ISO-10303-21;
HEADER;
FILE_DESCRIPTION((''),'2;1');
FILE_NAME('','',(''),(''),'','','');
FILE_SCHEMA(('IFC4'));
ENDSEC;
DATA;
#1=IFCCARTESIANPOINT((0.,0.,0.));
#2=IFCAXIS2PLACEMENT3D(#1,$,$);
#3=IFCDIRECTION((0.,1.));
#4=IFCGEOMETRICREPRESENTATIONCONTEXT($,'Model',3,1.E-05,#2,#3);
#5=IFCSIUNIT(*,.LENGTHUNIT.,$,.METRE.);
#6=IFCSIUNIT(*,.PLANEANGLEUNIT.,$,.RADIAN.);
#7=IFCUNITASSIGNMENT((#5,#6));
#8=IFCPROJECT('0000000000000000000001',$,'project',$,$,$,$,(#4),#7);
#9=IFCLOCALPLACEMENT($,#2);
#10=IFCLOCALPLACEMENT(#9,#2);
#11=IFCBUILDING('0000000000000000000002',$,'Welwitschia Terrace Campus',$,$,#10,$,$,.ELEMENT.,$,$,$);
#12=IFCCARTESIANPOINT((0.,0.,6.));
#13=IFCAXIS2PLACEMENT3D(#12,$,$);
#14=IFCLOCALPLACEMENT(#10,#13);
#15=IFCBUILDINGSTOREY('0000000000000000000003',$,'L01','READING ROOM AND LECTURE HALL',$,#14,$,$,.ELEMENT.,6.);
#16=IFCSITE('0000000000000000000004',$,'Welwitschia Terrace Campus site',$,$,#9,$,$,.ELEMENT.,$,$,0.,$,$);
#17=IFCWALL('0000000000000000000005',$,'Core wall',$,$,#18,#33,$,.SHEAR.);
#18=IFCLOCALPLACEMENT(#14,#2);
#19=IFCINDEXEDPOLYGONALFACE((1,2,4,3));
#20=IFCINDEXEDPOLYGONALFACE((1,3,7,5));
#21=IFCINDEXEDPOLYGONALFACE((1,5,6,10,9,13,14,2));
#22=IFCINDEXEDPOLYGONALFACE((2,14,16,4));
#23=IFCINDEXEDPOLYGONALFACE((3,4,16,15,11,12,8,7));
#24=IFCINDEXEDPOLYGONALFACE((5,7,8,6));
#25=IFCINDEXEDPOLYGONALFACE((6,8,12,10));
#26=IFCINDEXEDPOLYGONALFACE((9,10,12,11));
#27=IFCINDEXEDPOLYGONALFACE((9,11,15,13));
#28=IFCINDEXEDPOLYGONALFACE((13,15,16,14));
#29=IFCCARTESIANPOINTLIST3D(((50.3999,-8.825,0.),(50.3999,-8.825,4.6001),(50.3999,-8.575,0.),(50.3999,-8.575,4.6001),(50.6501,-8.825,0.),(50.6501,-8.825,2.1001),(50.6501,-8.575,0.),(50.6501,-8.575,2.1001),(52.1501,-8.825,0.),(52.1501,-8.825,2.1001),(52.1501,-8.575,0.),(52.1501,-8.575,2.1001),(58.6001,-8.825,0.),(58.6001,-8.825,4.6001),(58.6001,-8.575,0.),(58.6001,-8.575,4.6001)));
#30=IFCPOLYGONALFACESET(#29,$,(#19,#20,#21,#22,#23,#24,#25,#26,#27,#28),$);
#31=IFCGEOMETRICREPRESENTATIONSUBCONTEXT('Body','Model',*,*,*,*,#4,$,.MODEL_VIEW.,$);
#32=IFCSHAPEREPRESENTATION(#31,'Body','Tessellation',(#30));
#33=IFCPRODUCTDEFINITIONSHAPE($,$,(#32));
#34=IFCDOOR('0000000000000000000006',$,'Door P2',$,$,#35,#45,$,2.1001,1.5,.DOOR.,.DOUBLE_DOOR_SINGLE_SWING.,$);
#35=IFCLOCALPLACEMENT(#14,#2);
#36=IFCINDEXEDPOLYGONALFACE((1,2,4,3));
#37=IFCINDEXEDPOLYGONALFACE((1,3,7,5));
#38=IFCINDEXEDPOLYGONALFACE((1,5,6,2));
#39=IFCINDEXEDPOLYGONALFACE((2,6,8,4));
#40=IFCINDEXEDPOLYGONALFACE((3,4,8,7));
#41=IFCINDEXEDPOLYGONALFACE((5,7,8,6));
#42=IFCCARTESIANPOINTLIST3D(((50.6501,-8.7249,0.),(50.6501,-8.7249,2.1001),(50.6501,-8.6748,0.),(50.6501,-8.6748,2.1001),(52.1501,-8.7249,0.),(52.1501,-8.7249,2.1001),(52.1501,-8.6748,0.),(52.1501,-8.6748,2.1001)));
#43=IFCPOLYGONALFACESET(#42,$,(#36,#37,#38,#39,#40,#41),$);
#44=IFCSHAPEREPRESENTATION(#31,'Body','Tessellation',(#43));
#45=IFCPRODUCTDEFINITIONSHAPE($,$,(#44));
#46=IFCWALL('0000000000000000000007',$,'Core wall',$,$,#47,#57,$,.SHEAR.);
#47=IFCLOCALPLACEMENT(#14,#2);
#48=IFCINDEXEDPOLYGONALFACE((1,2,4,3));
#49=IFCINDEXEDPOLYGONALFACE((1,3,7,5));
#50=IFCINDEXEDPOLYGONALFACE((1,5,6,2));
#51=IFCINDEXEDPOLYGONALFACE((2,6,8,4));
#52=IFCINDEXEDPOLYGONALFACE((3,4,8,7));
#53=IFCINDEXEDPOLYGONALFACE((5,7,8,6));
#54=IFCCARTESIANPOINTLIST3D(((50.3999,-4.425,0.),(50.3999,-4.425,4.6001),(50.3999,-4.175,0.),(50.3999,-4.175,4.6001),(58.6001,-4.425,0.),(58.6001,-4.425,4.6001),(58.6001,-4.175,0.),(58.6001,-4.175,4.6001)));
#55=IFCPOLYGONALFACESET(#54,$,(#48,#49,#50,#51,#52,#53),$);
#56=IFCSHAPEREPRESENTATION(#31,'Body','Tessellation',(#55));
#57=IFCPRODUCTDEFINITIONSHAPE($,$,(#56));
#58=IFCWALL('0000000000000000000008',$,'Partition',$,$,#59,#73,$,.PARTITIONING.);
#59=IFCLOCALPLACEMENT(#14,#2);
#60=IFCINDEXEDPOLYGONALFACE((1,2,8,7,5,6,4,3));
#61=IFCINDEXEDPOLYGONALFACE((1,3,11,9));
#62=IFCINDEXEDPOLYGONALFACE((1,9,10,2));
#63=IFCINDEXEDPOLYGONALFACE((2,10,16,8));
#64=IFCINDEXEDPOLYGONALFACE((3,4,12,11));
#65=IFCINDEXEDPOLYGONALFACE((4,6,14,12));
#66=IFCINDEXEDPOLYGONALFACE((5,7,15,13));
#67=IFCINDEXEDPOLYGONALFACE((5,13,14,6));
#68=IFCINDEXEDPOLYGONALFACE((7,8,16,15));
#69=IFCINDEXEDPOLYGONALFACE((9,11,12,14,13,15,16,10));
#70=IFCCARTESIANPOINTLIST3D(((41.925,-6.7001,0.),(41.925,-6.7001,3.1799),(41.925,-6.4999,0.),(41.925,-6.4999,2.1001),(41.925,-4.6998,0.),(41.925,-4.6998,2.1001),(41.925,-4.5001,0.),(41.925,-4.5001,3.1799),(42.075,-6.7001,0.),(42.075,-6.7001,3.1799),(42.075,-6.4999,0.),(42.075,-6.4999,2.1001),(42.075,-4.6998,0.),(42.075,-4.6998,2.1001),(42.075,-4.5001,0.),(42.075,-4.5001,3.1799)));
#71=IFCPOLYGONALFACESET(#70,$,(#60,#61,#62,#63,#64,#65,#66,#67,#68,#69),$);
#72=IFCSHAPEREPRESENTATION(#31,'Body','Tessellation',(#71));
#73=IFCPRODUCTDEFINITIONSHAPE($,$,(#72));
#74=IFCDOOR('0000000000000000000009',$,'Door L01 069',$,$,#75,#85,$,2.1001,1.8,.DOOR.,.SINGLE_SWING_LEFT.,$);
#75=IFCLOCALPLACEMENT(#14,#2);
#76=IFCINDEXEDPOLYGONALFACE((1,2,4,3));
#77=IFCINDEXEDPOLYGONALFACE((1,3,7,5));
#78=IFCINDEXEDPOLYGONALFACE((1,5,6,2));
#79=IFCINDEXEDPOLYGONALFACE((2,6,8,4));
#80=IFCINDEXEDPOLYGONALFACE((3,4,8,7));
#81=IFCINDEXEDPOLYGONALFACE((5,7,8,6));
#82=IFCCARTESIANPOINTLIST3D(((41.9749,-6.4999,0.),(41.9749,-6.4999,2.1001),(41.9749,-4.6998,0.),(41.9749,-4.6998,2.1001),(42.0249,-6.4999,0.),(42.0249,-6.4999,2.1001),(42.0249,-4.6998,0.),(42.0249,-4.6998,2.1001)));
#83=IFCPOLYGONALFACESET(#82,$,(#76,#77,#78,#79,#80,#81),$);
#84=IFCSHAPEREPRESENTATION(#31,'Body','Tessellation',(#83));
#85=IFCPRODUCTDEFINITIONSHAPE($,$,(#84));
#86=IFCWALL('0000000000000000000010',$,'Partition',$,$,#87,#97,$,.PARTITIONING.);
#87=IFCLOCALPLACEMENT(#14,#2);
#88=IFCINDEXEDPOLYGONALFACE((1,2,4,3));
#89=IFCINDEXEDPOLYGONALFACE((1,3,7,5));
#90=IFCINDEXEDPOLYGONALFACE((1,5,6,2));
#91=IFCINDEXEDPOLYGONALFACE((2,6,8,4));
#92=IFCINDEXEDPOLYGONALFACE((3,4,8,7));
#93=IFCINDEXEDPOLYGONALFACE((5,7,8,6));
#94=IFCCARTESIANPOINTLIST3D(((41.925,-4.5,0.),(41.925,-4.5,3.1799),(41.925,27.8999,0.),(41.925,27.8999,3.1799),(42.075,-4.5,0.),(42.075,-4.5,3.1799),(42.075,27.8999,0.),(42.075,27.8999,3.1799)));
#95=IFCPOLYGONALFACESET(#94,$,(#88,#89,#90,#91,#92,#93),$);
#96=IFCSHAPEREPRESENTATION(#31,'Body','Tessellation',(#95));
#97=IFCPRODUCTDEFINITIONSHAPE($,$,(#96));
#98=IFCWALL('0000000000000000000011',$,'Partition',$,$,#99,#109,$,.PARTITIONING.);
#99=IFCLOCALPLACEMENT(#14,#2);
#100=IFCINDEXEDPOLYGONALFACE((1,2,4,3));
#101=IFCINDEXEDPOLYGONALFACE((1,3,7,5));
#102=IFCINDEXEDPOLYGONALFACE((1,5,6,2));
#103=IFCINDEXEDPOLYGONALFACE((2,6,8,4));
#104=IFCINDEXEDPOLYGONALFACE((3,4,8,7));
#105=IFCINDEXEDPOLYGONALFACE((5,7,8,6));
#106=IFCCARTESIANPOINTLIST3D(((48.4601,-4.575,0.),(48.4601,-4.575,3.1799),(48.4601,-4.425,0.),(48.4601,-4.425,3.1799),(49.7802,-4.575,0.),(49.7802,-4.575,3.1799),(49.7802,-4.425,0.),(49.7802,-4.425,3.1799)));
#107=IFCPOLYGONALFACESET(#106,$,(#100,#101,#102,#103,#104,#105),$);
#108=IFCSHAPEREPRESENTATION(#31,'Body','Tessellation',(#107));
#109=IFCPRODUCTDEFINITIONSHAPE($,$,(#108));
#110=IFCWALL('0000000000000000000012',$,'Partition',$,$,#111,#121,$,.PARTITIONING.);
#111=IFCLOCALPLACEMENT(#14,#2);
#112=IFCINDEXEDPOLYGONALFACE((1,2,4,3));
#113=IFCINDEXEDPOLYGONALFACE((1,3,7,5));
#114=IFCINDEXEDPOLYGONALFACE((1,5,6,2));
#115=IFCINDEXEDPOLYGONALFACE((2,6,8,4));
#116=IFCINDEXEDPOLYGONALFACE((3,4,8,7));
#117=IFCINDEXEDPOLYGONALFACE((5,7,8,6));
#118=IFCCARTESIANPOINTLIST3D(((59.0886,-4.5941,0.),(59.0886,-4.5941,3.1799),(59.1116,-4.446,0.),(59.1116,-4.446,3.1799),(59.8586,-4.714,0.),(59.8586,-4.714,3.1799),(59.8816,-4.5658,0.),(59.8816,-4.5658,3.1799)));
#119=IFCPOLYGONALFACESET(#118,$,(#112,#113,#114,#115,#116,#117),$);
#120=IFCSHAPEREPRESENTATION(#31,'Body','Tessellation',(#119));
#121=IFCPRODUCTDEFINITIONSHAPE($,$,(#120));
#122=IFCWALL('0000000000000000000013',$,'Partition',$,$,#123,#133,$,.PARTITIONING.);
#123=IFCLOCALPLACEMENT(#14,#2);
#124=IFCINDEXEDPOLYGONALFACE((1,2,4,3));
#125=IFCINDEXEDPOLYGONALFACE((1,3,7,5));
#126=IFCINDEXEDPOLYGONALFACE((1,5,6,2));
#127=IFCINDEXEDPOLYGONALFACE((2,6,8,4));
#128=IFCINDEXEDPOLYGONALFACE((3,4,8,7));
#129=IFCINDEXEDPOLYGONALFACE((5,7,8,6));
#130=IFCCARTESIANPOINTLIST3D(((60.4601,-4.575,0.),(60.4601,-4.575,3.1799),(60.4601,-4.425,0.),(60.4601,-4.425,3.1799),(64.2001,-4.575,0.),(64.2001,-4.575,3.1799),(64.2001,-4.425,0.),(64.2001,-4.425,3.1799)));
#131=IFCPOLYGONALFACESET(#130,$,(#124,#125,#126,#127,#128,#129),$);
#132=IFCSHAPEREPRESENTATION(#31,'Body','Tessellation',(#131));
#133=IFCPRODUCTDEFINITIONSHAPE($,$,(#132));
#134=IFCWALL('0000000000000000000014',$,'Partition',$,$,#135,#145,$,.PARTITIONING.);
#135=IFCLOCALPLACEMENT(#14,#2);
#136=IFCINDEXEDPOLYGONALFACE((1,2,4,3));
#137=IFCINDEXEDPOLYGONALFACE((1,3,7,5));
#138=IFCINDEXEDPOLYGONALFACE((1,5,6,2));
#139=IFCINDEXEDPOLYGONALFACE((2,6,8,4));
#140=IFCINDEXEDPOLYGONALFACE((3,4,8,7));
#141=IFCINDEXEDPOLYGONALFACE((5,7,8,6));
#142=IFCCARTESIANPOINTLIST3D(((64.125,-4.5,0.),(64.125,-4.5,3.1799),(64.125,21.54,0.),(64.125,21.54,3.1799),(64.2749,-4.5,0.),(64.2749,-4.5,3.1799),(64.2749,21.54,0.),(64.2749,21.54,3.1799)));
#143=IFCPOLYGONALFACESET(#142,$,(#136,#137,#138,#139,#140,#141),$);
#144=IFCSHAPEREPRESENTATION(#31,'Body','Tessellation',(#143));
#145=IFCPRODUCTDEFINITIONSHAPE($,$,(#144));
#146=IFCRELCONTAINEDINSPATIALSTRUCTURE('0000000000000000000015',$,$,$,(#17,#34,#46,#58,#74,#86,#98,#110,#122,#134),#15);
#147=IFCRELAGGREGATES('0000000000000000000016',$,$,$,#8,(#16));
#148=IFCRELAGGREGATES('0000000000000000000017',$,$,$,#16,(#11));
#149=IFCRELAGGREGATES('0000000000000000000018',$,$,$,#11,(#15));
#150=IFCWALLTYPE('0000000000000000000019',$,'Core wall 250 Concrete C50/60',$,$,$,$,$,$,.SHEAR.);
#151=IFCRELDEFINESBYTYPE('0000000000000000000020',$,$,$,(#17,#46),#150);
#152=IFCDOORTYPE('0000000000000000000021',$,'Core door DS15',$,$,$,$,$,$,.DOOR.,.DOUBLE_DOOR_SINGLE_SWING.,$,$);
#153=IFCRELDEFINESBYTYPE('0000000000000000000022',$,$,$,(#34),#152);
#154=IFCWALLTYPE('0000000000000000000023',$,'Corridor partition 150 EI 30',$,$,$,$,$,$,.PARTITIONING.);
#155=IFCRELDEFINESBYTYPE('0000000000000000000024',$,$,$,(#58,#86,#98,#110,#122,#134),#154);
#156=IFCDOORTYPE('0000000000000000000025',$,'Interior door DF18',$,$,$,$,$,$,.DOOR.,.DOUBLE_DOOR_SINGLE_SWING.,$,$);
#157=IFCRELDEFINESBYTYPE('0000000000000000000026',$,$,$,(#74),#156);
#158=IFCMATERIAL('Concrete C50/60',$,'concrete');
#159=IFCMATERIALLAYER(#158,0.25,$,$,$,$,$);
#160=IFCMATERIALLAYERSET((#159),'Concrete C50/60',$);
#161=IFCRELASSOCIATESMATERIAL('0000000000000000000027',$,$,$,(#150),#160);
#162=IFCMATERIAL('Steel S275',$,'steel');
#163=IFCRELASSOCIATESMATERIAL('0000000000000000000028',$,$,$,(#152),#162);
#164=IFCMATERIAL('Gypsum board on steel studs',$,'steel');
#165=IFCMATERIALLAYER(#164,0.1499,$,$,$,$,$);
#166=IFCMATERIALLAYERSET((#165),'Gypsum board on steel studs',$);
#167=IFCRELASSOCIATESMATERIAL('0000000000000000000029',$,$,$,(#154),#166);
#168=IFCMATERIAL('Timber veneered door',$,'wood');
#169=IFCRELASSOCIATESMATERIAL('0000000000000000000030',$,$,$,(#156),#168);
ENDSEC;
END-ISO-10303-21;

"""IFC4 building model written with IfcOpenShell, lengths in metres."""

from ifc_helpers import new_model, si_unit, direction, frame, frame_2d, origin, place, context, subcontext, project, spatial, rectangle, extrude, material, layer, layer_set, type_object, element, fill, save


model = new_model("IFC4")

# Units and contexts
model_context = context("Model", 3, precision=1e-05, world=origin(), true_north=direction((0.0, 1.0)))
body_context = subcontext(model_context, "Body", "Model", "MODEL_VIEW")
ifc_project = project(units=[si_unit("LENGTHUNIT", "METRE"), si_unit("PLANEANGLEUNIT", "RADIAN")], contexts=[model_context])

# Site, building, storey
site_placement = place(None, origin())
site = spatial("IfcSite", under=ifc_project, at=site_placement, Name="Welwitschia Terrace Campus site", CompositionType="ELEMENT", RefElevation=0.0)
building_placement = place(site_placement, origin())
building = spatial("IfcBuilding", under=site, at=building_placement, Name="Welwitschia Terrace Campus", CompositionType="ELEMENT")
storey_placement = place(building_placement, frame((0.0, 0.0, 6.0)))
storey = spatial("IfcBuildingStorey", under=building, at=storey_placement, Name="L01", Description="READING ROOM AND LECTURE HALL", CompositionType="ELEMENT", Elevation=6.0)

# Shared definitions
ifc_material_1 = material(Name="Concrete C50/60", Category="concrete")
ifc_layer_1 = layer(ifc_material_1, 0.25)
ifc_layer_set_1 = layer_set([ifc_layer_1], Name="Concrete C50/60")
wall_type_1 = type_object("IfcWallType", Name="Core wall 250 Concrete C50/60", PredefinedType="SHEAR", material=ifc_layer_set_1)

# Wall, opening, door
wall_1_placement = place(storey_placement, frame((58.6001, -8.7, 0.0), z_axis=(0.0, 0.0, 1.0), x_axis=(-1.0, 0.0, 0.0)))
wall_1 = element("IfcWall", 1, at=wall_1_placement, inside=storey, type_object=wall_type_1, Name="Core wall", PredefinedType="SHEAR", context=body_context, shape_type="SweptSolid", body=[
    extrude(rectangle(XDim=8.2002, YDim=0.25, at=frame_2d((4.1001, 0.0))), origin(), (0.0, 0.0, 1.0), 4.6001),
])
opening_1_placement = place(wall_1_placement, frame((6.45, 0.0, 0.0)))
opening_1 = element("IfcOpeningElement", 2, at=opening_1_placement, cuts=wall_1, PredefinedType="OPENING", context=body_context, shape_type="SweptSolid", body=[
    extrude(rectangle(XDim=1.5, YDim=2.1001, at=frame_2d((0.75, 1.05))), frame((0.0, 0.135, 0.0), z_axis=(0.0, -1.0, 0.0), x_axis=(1.0, 0.0, 0.0)), (0.0, 0.0, 1.0), 0.27),
])
ifc_material_2 = material(Name="Steel S275", Category="steel")
door_type_1 = type_object("IfcDoorType", Name="Core door DS15", OperationType="DOUBLE_DOOR_SINGLE_SWING", PredefinedType="DOOR", material=ifc_material_2)
door_1_placement = place(opening_1_placement, origin())
door_1 = element("IfcDoor", 3, at=door_1_placement, inside=storey, type_object=door_type_1, Name="Door P2", OperationType="DOUBLE_DOOR_SINGLE_SWING", OverallHeight=2.1001, OverallWidth=1.5, PredefinedType="DOOR", context=body_context, shape_type="SweptSolid", body=[
    extrude(rectangle(XDim=1.5, YDim=2.1001, at=frame_2d((0.75, 1.05))), frame((0.0, 0.0249, 0.0), z_axis=(0.0, -1.0, 0.0), x_axis=(1.0, 0.0, 0.0)), (0.0, 0.0, 1.0), 0.05),
])
fill(opening_1, door_1)

# Wall
wall_2_placement = place(storey_placement, frame((50.3999, -4.3, 0.0), z_axis=(0.0, 0.0, 1.0), x_axis=(1.0, 0.0, 0.0)))
element("IfcWall", 4, at=wall_2_placement, inside=storey, type_object=wall_type_1, Name="Core wall", PredefinedType="SHEAR", context=body_context, shape_type="SweptSolid", body=[
    extrude(rectangle(XDim=8.2002, YDim=0.25, at=frame_2d((4.1001, 0.0))), origin(), (0.0, 0.0, 1.0), 4.6001),
])

# Wall, opening, door
ifc_material_3 = material(Name="Gypsum board on steel studs", Category="steel")
ifc_layer_2 = layer(ifc_material_3, 0.1499)
ifc_layer_set_2 = layer_set([ifc_layer_2], Name="Gypsum board on steel studs")
wall_type_2 = type_object("IfcWallType", Name="Corridor partition 150 EI 30", PredefinedType="PARTITIONING", material=ifc_layer_set_2)
wall_3_placement = place(storey_placement, frame((42.0, -4.5, 0.0), z_axis=(0.0, 0.0, 1.0), x_axis=(0.0, -1.0, 0.0)))
wall_3 = element("IfcWall", 5, at=wall_3_placement, inside=storey, type_object=wall_type_2, Name="Partition", PredefinedType="PARTITIONING", context=body_context, shape_type="SweptSolid", body=[
    extrude(rectangle(XDim=2.2, YDim=0.1499, at=frame_2d((1.1001, 0.0))), origin(), (0.0, 0.0, 1.0), 3.1799),
])
opening_2_placement = place(wall_3_placement, frame((0.2, 0.0, 0.0)))
opening_2 = element("IfcOpeningElement", 6, at=opening_2_placement, cuts=wall_3, PredefinedType="OPENING", context=body_context, shape_type="SweptSolid", body=[
    extrude(rectangle(XDim=1.8, YDim=2.1001, at=frame_2d((0.8999, 1.05))), frame((0.0, 0.085, 0.0), z_axis=(0.0, -1.0, 0.0), x_axis=(1.0, 0.0, 0.0)), (0.0, 0.0, 1.0), 0.1699),
])
ifc_material_4 = material(Name="Timber veneered door", Category="wood")
door_type_2 = type_object("IfcDoorType", Name="Interior door DF18", OperationType="DOUBLE_DOOR_SINGLE_SWING", PredefinedType="DOOR", material=ifc_material_4)
door_2_placement = place(opening_2_placement, origin())
door_2 = element("IfcDoor", 7, at=door_2_placement, inside=storey, type_object=door_type_2, Name="Door L01 069", OperationType="SINGLE_SWING_LEFT", OverallHeight=2.1001, OverallWidth=1.8, PredefinedType="DOOR", context=body_context, shape_type="SweptSolid", body=[
    extrude(rectangle(XDim=1.8, YDim=2.1001, at=frame_2d((0.8999, 1.05))), frame((0.0, 0.0249, 0.0), z_axis=(0.0, -1.0, 0.0), x_axis=(1.0, 0.0, 0.0)), (0.0, 0.0, 1.0), 0.05),
])
fill(opening_2, door_2)

# Walls
wall_4_placement = place(storey_placement, frame((42.0, -4.5, 0.0), z_axis=(0.0, 0.0, 1.0), x_axis=(0.0, 1.0, 0.0)))
element("IfcWall", 8, at=wall_4_placement, inside=storey, type_object=wall_type_2, Name="Partition", PredefinedType="PARTITIONING", context=body_context, shape_type="SweptSolid", body=[
    extrude(rectangle(XDim=32.3999, YDim=0.1499, at=frame_2d((16.2, 0.0))), origin(), (0.0, 0.0, 1.0), 3.1799),
])
wall_5_placement = place(storey_placement, frame((48.46, -4.5, 0.0), z_axis=(0.0, 0.0, 1.0), x_axis=(1.0, 0.0, 0.0)))
element("IfcWall", 9, at=wall_5_placement, inside=storey, type_object=wall_type_2, Name="Partition", PredefinedType="PARTITIONING", context=body_context, shape_type="SweptSolid", body=[
    extrude(rectangle(XDim=1.3201, YDim=0.1499, at=frame_2d((0.6602, 0.0))), origin(), (0.0, 0.0, 1.0), 3.1799),
])
wall_6_placement = place(storey_placement, frame((59.1001, -4.52, 0.0), z_axis=(0.0, 0.0, 1.0), x_axis=(0.988098, -0.153823, 0.0)))
element("IfcWall", 10, at=wall_6_placement, inside=storey, type_object=wall_type_2, Name="Partition", PredefinedType="PARTITIONING", context=body_context, shape_type="SweptSolid", body=[
    extrude(rectangle(XDim=0.7793, YDim=0.1499, at=frame_2d((0.3896, 0.0))), origin(), (0.0, 0.0, 1.0), 3.1799),
])
wall_7_placement = place(storey_placement, frame((60.46, -4.5, 0.0), z_axis=(0.0, 0.0, 1.0), x_axis=(1.0, 0.0, 0.0)))
element("IfcWall", 11, at=wall_7_placement, inside=storey, type_object=wall_type_2, Name="Partition", PredefinedType="PARTITIONING", context=body_context, shape_type="SweptSolid", body=[
    extrude(rectangle(XDim=3.74, YDim=0.1499, at=frame_2d((1.8701, 0.0))), origin(), (0.0, 0.0, 1.0), 3.1799),
])
wall_8_placement = place(storey_placement, frame((64.2, -4.5, 0.0), z_axis=(0.0, 0.0, 1.0), x_axis=(0.0, 1.0, 0.0)))
element("IfcWall", 12, at=wall_8_placement, inside=storey, type_object=wall_type_2, Name="Partition", PredefinedType="PARTITIONING", context=body_context, shape_type="SweptSolid", body=[
    extrude(rectangle(XDim=26.04, YDim=0.1499, at=frame_2d((13.02, 0.0))), origin(), (0.0, 0.0, 1.0), 3.1799),
])

save(model, "model.ifc")
